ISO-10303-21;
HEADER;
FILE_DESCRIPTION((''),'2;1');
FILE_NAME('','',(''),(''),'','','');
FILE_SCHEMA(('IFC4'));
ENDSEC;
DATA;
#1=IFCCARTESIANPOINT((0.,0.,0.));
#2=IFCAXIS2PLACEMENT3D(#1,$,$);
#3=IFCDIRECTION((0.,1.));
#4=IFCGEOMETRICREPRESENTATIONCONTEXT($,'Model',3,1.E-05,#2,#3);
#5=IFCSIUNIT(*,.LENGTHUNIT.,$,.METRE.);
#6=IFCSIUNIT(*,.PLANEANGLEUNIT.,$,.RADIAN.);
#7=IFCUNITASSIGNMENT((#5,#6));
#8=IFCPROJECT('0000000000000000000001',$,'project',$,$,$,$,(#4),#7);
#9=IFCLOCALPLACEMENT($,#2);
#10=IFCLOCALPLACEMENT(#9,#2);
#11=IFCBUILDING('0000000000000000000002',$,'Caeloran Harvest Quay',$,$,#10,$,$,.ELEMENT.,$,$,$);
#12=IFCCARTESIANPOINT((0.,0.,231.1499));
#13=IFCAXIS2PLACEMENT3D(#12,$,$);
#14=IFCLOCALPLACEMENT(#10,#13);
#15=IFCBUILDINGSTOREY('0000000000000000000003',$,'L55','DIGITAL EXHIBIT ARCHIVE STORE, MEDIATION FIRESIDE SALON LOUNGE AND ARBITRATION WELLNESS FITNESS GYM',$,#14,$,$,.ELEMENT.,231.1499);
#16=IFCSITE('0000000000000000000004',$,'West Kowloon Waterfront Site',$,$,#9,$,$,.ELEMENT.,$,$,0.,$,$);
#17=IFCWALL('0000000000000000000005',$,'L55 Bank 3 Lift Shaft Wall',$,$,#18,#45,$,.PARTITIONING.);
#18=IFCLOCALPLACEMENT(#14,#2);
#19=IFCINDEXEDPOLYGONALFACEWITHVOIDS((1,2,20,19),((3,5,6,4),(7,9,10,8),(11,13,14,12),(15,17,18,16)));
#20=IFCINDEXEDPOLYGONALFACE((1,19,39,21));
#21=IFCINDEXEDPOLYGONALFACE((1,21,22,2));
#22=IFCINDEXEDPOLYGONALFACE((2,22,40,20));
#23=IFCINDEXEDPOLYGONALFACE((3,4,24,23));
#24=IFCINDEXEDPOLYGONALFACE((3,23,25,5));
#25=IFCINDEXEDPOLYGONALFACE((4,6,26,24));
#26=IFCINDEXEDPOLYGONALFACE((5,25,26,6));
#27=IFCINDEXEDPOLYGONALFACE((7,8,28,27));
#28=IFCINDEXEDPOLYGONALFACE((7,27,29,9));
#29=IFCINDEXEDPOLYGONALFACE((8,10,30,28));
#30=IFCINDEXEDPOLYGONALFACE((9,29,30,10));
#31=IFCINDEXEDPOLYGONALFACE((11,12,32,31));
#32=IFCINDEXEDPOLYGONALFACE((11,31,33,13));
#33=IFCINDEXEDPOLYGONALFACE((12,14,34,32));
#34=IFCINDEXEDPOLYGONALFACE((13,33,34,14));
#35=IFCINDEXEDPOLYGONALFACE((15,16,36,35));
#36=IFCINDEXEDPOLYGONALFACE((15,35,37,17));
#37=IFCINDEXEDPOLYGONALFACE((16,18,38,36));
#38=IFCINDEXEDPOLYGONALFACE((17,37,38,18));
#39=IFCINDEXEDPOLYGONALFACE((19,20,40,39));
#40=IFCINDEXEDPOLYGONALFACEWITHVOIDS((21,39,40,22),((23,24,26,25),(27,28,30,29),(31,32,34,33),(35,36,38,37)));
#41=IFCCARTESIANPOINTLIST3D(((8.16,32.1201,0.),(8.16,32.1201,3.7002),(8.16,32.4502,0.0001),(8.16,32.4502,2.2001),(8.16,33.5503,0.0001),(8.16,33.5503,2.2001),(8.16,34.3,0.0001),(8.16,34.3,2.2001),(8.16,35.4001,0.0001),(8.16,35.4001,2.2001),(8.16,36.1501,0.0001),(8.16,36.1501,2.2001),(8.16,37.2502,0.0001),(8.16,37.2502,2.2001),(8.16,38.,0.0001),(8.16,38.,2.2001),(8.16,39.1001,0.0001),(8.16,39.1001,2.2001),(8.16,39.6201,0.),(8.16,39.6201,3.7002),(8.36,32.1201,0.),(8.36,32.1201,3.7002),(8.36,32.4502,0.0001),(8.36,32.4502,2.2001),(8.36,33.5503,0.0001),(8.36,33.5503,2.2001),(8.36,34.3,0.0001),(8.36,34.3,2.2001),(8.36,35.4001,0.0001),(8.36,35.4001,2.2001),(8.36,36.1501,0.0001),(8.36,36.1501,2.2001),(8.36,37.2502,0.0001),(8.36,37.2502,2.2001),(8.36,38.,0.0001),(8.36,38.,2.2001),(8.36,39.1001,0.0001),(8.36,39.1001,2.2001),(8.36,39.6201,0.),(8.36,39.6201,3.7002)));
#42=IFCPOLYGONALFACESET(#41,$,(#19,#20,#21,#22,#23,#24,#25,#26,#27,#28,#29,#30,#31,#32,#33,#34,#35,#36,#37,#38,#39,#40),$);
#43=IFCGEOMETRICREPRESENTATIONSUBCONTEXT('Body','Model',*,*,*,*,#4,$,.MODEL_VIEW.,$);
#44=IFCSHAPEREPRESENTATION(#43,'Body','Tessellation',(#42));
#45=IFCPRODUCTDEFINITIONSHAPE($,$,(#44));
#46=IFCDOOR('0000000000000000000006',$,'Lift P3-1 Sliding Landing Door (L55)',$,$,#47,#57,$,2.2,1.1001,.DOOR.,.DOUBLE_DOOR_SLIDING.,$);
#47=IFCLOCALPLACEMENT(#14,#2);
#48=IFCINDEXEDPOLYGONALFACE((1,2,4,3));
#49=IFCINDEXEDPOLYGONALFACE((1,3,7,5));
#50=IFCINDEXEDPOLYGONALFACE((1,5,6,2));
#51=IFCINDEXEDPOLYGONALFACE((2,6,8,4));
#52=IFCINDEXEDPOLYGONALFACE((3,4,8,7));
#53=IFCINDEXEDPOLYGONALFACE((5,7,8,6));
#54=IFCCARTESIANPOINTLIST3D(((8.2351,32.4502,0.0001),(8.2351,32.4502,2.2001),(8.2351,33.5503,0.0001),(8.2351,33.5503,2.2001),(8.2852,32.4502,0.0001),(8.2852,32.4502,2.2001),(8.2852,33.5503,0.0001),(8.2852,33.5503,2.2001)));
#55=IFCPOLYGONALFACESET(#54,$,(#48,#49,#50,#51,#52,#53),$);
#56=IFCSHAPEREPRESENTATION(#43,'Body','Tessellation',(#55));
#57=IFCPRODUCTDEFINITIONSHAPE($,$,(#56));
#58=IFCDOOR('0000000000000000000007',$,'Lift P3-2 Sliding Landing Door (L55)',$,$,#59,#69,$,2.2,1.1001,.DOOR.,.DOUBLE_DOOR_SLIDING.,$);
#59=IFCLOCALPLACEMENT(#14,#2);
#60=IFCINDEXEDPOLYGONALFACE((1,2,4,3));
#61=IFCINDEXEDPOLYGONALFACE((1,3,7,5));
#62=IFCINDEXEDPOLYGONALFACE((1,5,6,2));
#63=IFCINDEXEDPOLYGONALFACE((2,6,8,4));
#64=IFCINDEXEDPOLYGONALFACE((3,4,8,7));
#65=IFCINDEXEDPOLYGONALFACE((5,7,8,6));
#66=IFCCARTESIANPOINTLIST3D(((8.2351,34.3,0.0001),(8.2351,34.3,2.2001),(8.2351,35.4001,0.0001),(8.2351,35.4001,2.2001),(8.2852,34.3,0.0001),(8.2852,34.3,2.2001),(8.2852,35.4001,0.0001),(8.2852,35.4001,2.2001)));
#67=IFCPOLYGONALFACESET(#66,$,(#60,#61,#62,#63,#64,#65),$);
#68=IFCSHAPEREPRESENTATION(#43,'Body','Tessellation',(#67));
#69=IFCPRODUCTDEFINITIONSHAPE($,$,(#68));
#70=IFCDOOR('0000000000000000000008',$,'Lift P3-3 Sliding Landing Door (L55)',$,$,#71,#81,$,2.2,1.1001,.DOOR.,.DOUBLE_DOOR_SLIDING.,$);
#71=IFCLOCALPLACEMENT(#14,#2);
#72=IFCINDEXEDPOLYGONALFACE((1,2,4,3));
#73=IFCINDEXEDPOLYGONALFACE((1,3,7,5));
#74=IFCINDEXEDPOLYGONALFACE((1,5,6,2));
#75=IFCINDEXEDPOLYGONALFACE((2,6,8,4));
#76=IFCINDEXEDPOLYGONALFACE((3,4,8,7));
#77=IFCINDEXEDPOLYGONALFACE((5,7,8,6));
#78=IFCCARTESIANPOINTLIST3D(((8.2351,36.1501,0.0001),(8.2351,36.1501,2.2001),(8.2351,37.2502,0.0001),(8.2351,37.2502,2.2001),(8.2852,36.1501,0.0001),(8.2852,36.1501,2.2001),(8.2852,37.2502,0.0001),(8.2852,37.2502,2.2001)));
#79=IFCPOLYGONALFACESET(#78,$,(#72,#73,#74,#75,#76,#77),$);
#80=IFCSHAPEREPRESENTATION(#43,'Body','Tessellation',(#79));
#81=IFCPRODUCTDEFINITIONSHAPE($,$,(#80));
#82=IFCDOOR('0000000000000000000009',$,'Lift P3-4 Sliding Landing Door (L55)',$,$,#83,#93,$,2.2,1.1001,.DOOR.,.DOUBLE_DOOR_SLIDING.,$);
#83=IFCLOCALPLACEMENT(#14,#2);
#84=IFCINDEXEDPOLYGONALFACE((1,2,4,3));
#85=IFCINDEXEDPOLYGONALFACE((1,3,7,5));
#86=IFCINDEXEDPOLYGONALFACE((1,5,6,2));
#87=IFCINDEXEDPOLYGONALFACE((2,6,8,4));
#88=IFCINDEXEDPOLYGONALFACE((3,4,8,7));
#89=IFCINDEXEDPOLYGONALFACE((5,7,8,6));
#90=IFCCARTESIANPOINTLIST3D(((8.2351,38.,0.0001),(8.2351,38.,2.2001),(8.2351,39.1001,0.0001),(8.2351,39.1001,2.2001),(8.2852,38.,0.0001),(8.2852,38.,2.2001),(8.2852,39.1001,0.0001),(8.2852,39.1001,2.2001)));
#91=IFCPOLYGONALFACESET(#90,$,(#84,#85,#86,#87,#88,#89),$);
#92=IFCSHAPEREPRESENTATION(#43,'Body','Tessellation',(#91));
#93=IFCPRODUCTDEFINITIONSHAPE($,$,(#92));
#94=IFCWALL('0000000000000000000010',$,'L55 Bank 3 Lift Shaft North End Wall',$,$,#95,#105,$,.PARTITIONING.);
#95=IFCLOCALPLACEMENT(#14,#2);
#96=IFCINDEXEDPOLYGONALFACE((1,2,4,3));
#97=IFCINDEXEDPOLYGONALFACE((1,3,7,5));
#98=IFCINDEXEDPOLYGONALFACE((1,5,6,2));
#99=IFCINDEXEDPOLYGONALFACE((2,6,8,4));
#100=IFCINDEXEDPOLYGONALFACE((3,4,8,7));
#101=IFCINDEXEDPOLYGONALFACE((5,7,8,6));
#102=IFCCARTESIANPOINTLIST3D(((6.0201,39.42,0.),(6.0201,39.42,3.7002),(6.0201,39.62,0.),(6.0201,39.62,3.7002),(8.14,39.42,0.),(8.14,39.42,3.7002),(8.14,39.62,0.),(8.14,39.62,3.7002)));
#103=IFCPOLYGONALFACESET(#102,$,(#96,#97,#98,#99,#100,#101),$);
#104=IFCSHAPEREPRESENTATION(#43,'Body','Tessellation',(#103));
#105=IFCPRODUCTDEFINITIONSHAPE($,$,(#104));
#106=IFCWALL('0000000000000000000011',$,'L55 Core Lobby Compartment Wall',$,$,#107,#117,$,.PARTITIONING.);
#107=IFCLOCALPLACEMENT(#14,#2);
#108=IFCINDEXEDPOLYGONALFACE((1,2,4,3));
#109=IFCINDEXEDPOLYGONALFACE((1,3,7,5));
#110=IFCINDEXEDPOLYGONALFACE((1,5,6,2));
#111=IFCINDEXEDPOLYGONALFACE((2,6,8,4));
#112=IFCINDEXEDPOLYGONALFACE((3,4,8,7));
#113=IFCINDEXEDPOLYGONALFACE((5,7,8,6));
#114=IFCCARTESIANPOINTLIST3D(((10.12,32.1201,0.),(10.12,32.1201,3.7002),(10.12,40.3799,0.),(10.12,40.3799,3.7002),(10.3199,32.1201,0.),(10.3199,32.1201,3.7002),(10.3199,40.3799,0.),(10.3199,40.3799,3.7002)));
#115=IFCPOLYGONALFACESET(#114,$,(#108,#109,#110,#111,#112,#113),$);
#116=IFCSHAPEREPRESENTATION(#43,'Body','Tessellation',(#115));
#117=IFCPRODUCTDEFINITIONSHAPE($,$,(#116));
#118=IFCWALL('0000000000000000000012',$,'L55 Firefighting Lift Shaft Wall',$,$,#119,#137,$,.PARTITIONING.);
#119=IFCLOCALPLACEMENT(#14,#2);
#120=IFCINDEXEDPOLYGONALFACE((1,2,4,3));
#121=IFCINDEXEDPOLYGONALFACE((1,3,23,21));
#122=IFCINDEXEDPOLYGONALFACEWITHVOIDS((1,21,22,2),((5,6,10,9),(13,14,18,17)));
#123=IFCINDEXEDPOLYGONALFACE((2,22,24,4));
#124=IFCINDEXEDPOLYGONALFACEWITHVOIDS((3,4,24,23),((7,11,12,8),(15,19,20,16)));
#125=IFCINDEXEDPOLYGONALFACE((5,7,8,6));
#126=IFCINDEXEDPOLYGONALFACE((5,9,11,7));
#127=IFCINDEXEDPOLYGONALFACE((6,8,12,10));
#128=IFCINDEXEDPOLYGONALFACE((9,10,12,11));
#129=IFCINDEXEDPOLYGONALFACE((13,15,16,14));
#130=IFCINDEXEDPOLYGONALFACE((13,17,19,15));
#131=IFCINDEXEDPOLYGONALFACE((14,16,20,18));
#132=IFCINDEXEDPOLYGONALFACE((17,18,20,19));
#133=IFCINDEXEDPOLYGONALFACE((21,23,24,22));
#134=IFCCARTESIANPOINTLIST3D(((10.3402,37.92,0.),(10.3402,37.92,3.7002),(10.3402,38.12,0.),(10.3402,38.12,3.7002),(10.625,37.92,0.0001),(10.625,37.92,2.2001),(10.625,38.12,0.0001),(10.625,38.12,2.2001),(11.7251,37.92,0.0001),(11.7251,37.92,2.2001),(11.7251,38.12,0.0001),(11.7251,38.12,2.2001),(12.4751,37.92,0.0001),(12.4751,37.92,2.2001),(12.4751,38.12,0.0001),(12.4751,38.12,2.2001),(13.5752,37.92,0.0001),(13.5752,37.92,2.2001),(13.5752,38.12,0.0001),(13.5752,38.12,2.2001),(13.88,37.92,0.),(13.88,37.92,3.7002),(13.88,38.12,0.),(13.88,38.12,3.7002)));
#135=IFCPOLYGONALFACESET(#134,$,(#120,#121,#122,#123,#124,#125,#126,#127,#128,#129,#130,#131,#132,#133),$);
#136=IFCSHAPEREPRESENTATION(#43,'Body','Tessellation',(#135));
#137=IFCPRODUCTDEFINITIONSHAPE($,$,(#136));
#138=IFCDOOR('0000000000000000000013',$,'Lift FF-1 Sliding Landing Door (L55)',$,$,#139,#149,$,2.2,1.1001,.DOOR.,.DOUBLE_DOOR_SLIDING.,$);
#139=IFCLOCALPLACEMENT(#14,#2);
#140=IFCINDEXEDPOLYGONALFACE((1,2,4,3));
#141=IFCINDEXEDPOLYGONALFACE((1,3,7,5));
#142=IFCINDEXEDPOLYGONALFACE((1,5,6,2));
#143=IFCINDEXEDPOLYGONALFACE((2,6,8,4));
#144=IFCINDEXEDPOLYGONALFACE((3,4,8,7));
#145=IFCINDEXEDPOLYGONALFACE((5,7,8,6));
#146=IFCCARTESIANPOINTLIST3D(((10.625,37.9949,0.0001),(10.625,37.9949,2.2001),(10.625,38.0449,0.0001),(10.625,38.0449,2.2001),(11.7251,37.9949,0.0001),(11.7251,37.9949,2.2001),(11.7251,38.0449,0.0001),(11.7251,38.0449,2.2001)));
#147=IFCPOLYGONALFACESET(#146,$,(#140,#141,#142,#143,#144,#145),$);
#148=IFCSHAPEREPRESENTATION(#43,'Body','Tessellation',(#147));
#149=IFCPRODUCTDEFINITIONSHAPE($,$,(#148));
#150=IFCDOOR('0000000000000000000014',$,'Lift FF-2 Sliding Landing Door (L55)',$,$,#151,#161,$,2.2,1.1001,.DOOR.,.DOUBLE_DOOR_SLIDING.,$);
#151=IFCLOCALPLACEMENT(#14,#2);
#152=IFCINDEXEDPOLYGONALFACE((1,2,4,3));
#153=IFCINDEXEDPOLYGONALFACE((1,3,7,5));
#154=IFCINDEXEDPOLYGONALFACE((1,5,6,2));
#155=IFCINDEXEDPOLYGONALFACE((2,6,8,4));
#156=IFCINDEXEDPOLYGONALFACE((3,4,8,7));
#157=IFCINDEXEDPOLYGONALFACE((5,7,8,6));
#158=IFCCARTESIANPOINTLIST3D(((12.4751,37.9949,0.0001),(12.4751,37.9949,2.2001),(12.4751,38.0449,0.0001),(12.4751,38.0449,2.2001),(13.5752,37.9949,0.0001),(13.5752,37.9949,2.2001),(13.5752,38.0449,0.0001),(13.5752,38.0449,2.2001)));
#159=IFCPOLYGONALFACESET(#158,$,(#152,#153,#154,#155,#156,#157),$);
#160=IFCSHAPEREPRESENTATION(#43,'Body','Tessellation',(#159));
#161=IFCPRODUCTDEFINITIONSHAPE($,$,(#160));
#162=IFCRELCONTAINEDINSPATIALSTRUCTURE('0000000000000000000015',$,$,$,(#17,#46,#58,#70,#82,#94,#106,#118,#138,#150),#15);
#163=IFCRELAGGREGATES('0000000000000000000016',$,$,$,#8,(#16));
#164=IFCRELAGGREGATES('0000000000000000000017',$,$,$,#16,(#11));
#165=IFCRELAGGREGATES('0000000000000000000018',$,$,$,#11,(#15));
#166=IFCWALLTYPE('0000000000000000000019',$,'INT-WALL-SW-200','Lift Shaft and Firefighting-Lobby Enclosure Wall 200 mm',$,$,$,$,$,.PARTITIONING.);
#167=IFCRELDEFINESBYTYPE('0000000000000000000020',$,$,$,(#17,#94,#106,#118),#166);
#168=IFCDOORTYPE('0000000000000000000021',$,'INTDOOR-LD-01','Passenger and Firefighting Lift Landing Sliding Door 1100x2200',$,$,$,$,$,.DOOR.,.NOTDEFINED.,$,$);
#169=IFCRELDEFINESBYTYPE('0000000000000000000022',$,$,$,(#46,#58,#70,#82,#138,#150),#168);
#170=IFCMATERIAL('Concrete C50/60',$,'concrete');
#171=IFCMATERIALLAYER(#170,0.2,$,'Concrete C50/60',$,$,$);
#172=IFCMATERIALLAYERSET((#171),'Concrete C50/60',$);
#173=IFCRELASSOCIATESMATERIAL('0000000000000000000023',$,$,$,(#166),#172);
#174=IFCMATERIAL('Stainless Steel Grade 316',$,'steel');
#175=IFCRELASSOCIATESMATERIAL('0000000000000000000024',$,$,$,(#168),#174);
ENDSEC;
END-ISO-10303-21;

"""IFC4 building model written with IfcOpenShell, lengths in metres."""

from ifc_helpers import new_model, si_unit, direction, frame, frame_2d, origin, place, context, subcontext, project, spatial, rectangle, extrude, material, layer, layer_set, type_object, element, fill, save


model = new_model("IFC4")

# Units and contexts
model_context = context("Model", 3, precision=1e-05, world=origin(), true_north=direction((0.0, 1.0)))
body_context = subcontext(model_context, "Body", "Model", "MODEL_VIEW")
ifc_project = project(units=[si_unit("LENGTHUNIT", "METRE"), si_unit("PLANEANGLEUNIT", "RADIAN")], contexts=[model_context])

# Site, building, storey
site_placement = place(None, origin())
site = spatial("IfcSite", under=ifc_project, at=site_placement, Name="West Kowloon Waterfront Site", CompositionType="ELEMENT", RefElevation=0.0)
building_placement = place(site_placement, origin())
building = spatial("IfcBuilding", under=site, at=building_placement, Name="Caeloran Harvest Quay", CompositionType="ELEMENT")
storey_placement = place(building_placement, frame((0.0, 0.0, 231.1499)))
storey = spatial("IfcBuildingStorey", under=building, at=storey_placement, Name="L55", Description="DIGITAL EXHIBIT ARCHIVE STORE, MEDIATION FIRESIDE SALON LOUNGE AND ARBITRATION WELLNESS FITNESS GYM", CompositionType="ELEMENT", Elevation=231.1499)

# Wall, openings, doors
ifc_material_1 = material(Name="Concrete C50/60", Category="concrete")
ifc_layer_1 = layer(ifc_material_1, 0.2, Name="Concrete C50/60")
ifc_layer_set_1 = layer_set([ifc_layer_1], Name="Concrete C50/60")
wall_type_1 = type_object("IfcWallType", Name="INT-WALL-SW-200", Description="Lift Shaft and Firefighting-Lobby Enclosure Wall 200 mm", PredefinedType="PARTITIONING", material=ifc_layer_set_1)
wall_1_placement = place(storey_placement, frame((8.26, 32.1201, 0.0), z_axis=(0.0, 0.0, 1.0), x_axis=(0.0, 1.0, 0.0)))
wall_1 = element("IfcWall", 1, at=wall_1_placement, inside=storey, type_object=wall_type_1, Name="L55 Bank 3 Lift Shaft Wall", PredefinedType="PARTITIONING", context=body_context, shape_type="SweptSolid", body=[
    extrude(rectangle(XDim=7.5, YDim=0.2, at=frame_2d((3.75, 0.0))), origin(), (0.0, 0.0, 1.0), 3.7002),
])
opening_1_placement = place(wall_1_placement, frame((0.3301, 0.0, 0.0)))
opening_1 = element("IfcOpeningElement", 2, at=opening_1_placement, cuts=wall_1, PredefinedType="OPENING", context=body_context, shape_type="SweptSolid", body=[
    extrude(rectangle(XDim=1.1001, YDim=2.2, at=frame_2d((0.55, 1.1001))), frame((0.0, 0.1099, 0.0), z_axis=(0.0, -1.0, 0.0), x_axis=(1.0, 0.0, 0.0)), (0.0, 0.0, 1.0), 0.22),
])
opening_2_placement = place(wall_1_placement, frame((2.1799, 0.0, 0.0)))
opening_2 = element("IfcOpeningElement", 3, at=opening_2_placement, cuts=wall_1, PredefinedType="OPENING", context=body_context, shape_type="SweptSolid", body=[
    extrude(rectangle(XDim=1.1001, YDim=2.2, at=frame_2d((0.55, 1.1001))), frame((0.0, 0.1099, 0.0), z_axis=(0.0, -1.0, 0.0), x_axis=(1.0, 0.0, 0.0)), (0.0, 0.0, 1.0), 0.22),
])
opening_3_placement = place(wall_1_placement, frame((4.03, 0.0, 0.0)))
opening_3 = element("IfcOpeningElement", 4, at=opening_3_placement, cuts=wall_1, PredefinedType="OPENING", context=body_context, shape_type="SweptSolid", body=[
    extrude(rectangle(XDim=1.1001, YDim=2.2, at=frame_2d((0.55, 1.1001))), frame((0.0, 0.1099, 0.0), z_axis=(0.0, -1.0, 0.0), x_axis=(1.0, 0.0, 0.0)), (0.0, 0.0, 1.0), 0.22),
])
opening_4_placement = place(wall_1_placement, frame((5.8799, 0.0, 0.0)))
opening_4 = element("IfcOpeningElement", 5, at=opening_4_placement, cuts=wall_1, PredefinedType="OPENING", context=body_context, shape_type="SweptSolid", body=[
    extrude(rectangle(XDim=1.1001, YDim=2.2, at=frame_2d((0.55, 1.1001))), frame((0.0, 0.1099, 0.0), z_axis=(0.0, -1.0, 0.0), x_axis=(1.0, 0.0, 0.0)), (0.0, 0.0, 1.0), 0.22),
])
ifc_material_2 = material(Name="Stainless Steel Grade 316", Category="steel")
door_type_1 = type_object("IfcDoorType", Name="INTDOOR-LD-01", Description="Passenger and Firefighting Lift Landing Sliding Door 1100x2200", OperationType="NOTDEFINED", PredefinedType="DOOR", material=ifc_material_2)
door_1_placement = place(opening_1_placement, origin())
door_1 = element("IfcDoor", 6, at=door_1_placement, inside=storey, type_object=door_type_1, Name="Lift P3-1 Sliding Landing Door (L55)", OperationType="DOUBLE_DOOR_SLIDING", OverallHeight=2.2, OverallWidth=1.1001, PredefinedType="DOOR", context=body_context, shape_type="SweptSolid", body=[
    extrude(rectangle(XDim=1.1001, YDim=2.2, at=frame_2d((0.55, 1.1001))), frame((0.0, 0.0249, 0.0), z_axis=(0.0, -1.0, 0.0), x_axis=(1.0, 0.0, 0.0)), (0.0, 0.0, 1.0), 0.05),
])
fill(opening_1, door_1)
door_2_placement = place(opening_2_placement, origin())
door_2 = element("IfcDoor", 7, at=door_2_placement, inside=storey, type_object=door_type_1, Name="Lift P3-2 Sliding Landing Door (L55)", OperationType="DOUBLE_DOOR_SLIDING", OverallHeight=2.2, OverallWidth=1.1001, PredefinedType="DOOR", context=body_context, shape_type="SweptSolid", body=[
    extrude(rectangle(XDim=1.1001, YDim=2.2, at=frame_2d((0.55, 1.1001))), frame((0.0, 0.0249, 0.0), z_axis=(0.0, -1.0, 0.0), x_axis=(1.0, 0.0, 0.0)), (0.0, 0.0, 1.0), 0.05),
])
fill(opening_2, door_2)
door_3_placement = place(opening_3_placement, origin())
door_3 = element("IfcDoor", 8, at=door_3_placement, inside=storey, type_object=door_type_1, Name="Lift P3-3 Sliding Landing Door (L55)", OperationType="DOUBLE_DOOR_SLIDING", OverallHeight=2.2, OverallWidth=1.1001, PredefinedType="DOOR", context=body_context, shape_type="SweptSolid", body=[
    extrude(rectangle(XDim=1.1001, YDim=2.2, at=frame_2d((0.55, 1.1001))), frame((0.0, 0.0249, 0.0), z_axis=(0.0, -1.0, 0.0), x_axis=(1.0, 0.0, 0.0)), (0.0, 0.0, 1.0), 0.05),
])
fill(opening_3, door_3)
door_4_placement = place(opening_4_placement, origin())
door_4 = element("IfcDoor", 9, at=door_4_placement, inside=storey, type_object=door_type_1, Name="Lift P3-4 Sliding Landing Door (L55)", OperationType="DOUBLE_DOOR_SLIDING", OverallHeight=2.2, OverallWidth=1.1001, PredefinedType="DOOR", context=body_context, shape_type="SweptSolid", body=[
    extrude(rectangle(XDim=1.1001, YDim=2.2, at=frame_2d((0.55, 1.1001))), frame((0.0, 0.0249, 0.0), z_axis=(0.0, -1.0, 0.0), x_axis=(1.0, 0.0, 0.0)), (0.0, 0.0, 1.0), 0.05),
])
fill(opening_4, door_4)

# Walls
wall_2_placement = place(storey_placement, frame((6.02, 39.52, 0.0), z_axis=(0.0, 0.0, 1.0), x_axis=(1.0, 0.0, 0.0)))
element("IfcWall", 10, at=wall_2_placement, inside=storey, type_object=wall_type_1, Name="L55 Bank 3 Lift Shaft North End Wall", PredefinedType="PARTITIONING", context=body_context, shape_type="SweptSolid", body=[
    extrude(rectangle(XDim=2.1199, YDim=0.2, at=frame_2d((1.0601, 0.0))), origin(), (0.0, 0.0, 1.0), 3.7002),
])
wall_3_placement = place(storey_placement, frame((10.22, 32.1201, 0.0), z_axis=(0.0, 0.0, 1.0), x_axis=(0.0, 1.0, 0.0)))
element("IfcWall", 11, at=wall_3_placement, inside=storey, type_object=wall_type_1, Name="L55 Core Lobby Compartment Wall", PredefinedType="PARTITIONING", context=body_context, shape_type="SweptSolid", body=[
    extrude(rectangle(XDim=8.2598, YDim=0.2, at=frame_2d((4.1299, 0.0))), origin(), (0.0, 0.0, 1.0), 3.7002),
])

# Wall, openings, doors
wall_4_placement = place(storey_placement, frame((10.3401, 38.02, 0.0), z_axis=(0.0, 0.0, 1.0), x_axis=(1.0, 0.0, 0.0)))
wall_4 = element("IfcWall", 12, at=wall_4_placement, inside=storey, type_object=wall_type_1, Name="L55 Firefighting Lift Shaft Wall", PredefinedType="PARTITIONING", context=body_context, shape_type="SweptSolid", body=[
    extrude(rectangle(XDim=3.5398, YDim=0.2, at=frame_2d((1.77, 0.0))), origin(), (0.0, 0.0, 1.0), 3.7002),
])
opening_5_placement = place(wall_4_placement, frame((0.2849, 0.0, 0.0)))
opening_5 = element("IfcOpeningElement", 13, at=opening_5_placement, cuts=wall_4, PredefinedType="OPENING", context=body_context, shape_type="SweptSolid", body=[
    extrude(rectangle(XDim=1.1001, YDim=2.2, at=frame_2d((0.55, 1.1001))), frame((0.0, 0.1099, 0.0), z_axis=(0.0, -1.0, 0.0), x_axis=(1.0, 0.0, 0.0)), (0.0, 0.0, 1.0), 0.22),
])
opening_6_placement = place(wall_4_placement, frame((2.135, 0.0, 0.0)))
opening_6 = element("IfcOpeningElement", 14, at=opening_6_placement, cuts=wall_4, PredefinedType="OPENING", context=body_context, shape_type="SweptSolid", body=[
    extrude(rectangle(XDim=1.1001, YDim=2.2, at=frame_2d((0.55, 1.1001))), frame((0.0, 0.1099, 0.0), z_axis=(0.0, -1.0, 0.0), x_axis=(1.0, 0.0, 0.0)), (0.0, 0.0, 1.0), 0.22),
])
door_5_placement = place(opening_5_placement, origin())
door_5 = element("IfcDoor", 15, at=door_5_placement, inside=storey, type_object=door_type_1, Name="Lift FF-1 Sliding Landing Door (L55)", OperationType="DOUBLE_DOOR_SLIDING", OverallHeight=2.2, OverallWidth=1.1001, PredefinedType="DOOR", context=body_context, shape_type="SweptSolid", body=[
    extrude(rectangle(XDim=1.1001, YDim=2.2, at=frame_2d((0.55, 1.1001))), frame((0.0, 0.0249, 0.0), z_axis=(0.0, -1.0, 0.0), x_axis=(1.0, 0.0, 0.0)), (0.0, 0.0, 1.0), 0.05),
])
fill(opening_5, door_5)
door_6_placement = place(opening_6_placement, origin())
door_6 = element("IfcDoor", 16, at=door_6_placement, inside=storey, type_object=door_type_1, Name="Lift FF-2 Sliding Landing Door (L55)", OperationType="DOUBLE_DOOR_SLIDING", OverallHeight=2.2, OverallWidth=1.1001, PredefinedType="DOOR", context=body_context, shape_type="SweptSolid", body=[
    extrude(rectangle(XDim=1.1001, YDim=2.2, at=frame_2d((0.55, 1.1001))), frame((0.0, 0.0249, 0.0), z_axis=(0.0, -1.0, 0.0), x_axis=(1.0, 0.0, 0.0)), (0.0, 0.0, 1.0), 0.05),
])
fill(opening_6, door_6)

save(model, "model.ifc")
